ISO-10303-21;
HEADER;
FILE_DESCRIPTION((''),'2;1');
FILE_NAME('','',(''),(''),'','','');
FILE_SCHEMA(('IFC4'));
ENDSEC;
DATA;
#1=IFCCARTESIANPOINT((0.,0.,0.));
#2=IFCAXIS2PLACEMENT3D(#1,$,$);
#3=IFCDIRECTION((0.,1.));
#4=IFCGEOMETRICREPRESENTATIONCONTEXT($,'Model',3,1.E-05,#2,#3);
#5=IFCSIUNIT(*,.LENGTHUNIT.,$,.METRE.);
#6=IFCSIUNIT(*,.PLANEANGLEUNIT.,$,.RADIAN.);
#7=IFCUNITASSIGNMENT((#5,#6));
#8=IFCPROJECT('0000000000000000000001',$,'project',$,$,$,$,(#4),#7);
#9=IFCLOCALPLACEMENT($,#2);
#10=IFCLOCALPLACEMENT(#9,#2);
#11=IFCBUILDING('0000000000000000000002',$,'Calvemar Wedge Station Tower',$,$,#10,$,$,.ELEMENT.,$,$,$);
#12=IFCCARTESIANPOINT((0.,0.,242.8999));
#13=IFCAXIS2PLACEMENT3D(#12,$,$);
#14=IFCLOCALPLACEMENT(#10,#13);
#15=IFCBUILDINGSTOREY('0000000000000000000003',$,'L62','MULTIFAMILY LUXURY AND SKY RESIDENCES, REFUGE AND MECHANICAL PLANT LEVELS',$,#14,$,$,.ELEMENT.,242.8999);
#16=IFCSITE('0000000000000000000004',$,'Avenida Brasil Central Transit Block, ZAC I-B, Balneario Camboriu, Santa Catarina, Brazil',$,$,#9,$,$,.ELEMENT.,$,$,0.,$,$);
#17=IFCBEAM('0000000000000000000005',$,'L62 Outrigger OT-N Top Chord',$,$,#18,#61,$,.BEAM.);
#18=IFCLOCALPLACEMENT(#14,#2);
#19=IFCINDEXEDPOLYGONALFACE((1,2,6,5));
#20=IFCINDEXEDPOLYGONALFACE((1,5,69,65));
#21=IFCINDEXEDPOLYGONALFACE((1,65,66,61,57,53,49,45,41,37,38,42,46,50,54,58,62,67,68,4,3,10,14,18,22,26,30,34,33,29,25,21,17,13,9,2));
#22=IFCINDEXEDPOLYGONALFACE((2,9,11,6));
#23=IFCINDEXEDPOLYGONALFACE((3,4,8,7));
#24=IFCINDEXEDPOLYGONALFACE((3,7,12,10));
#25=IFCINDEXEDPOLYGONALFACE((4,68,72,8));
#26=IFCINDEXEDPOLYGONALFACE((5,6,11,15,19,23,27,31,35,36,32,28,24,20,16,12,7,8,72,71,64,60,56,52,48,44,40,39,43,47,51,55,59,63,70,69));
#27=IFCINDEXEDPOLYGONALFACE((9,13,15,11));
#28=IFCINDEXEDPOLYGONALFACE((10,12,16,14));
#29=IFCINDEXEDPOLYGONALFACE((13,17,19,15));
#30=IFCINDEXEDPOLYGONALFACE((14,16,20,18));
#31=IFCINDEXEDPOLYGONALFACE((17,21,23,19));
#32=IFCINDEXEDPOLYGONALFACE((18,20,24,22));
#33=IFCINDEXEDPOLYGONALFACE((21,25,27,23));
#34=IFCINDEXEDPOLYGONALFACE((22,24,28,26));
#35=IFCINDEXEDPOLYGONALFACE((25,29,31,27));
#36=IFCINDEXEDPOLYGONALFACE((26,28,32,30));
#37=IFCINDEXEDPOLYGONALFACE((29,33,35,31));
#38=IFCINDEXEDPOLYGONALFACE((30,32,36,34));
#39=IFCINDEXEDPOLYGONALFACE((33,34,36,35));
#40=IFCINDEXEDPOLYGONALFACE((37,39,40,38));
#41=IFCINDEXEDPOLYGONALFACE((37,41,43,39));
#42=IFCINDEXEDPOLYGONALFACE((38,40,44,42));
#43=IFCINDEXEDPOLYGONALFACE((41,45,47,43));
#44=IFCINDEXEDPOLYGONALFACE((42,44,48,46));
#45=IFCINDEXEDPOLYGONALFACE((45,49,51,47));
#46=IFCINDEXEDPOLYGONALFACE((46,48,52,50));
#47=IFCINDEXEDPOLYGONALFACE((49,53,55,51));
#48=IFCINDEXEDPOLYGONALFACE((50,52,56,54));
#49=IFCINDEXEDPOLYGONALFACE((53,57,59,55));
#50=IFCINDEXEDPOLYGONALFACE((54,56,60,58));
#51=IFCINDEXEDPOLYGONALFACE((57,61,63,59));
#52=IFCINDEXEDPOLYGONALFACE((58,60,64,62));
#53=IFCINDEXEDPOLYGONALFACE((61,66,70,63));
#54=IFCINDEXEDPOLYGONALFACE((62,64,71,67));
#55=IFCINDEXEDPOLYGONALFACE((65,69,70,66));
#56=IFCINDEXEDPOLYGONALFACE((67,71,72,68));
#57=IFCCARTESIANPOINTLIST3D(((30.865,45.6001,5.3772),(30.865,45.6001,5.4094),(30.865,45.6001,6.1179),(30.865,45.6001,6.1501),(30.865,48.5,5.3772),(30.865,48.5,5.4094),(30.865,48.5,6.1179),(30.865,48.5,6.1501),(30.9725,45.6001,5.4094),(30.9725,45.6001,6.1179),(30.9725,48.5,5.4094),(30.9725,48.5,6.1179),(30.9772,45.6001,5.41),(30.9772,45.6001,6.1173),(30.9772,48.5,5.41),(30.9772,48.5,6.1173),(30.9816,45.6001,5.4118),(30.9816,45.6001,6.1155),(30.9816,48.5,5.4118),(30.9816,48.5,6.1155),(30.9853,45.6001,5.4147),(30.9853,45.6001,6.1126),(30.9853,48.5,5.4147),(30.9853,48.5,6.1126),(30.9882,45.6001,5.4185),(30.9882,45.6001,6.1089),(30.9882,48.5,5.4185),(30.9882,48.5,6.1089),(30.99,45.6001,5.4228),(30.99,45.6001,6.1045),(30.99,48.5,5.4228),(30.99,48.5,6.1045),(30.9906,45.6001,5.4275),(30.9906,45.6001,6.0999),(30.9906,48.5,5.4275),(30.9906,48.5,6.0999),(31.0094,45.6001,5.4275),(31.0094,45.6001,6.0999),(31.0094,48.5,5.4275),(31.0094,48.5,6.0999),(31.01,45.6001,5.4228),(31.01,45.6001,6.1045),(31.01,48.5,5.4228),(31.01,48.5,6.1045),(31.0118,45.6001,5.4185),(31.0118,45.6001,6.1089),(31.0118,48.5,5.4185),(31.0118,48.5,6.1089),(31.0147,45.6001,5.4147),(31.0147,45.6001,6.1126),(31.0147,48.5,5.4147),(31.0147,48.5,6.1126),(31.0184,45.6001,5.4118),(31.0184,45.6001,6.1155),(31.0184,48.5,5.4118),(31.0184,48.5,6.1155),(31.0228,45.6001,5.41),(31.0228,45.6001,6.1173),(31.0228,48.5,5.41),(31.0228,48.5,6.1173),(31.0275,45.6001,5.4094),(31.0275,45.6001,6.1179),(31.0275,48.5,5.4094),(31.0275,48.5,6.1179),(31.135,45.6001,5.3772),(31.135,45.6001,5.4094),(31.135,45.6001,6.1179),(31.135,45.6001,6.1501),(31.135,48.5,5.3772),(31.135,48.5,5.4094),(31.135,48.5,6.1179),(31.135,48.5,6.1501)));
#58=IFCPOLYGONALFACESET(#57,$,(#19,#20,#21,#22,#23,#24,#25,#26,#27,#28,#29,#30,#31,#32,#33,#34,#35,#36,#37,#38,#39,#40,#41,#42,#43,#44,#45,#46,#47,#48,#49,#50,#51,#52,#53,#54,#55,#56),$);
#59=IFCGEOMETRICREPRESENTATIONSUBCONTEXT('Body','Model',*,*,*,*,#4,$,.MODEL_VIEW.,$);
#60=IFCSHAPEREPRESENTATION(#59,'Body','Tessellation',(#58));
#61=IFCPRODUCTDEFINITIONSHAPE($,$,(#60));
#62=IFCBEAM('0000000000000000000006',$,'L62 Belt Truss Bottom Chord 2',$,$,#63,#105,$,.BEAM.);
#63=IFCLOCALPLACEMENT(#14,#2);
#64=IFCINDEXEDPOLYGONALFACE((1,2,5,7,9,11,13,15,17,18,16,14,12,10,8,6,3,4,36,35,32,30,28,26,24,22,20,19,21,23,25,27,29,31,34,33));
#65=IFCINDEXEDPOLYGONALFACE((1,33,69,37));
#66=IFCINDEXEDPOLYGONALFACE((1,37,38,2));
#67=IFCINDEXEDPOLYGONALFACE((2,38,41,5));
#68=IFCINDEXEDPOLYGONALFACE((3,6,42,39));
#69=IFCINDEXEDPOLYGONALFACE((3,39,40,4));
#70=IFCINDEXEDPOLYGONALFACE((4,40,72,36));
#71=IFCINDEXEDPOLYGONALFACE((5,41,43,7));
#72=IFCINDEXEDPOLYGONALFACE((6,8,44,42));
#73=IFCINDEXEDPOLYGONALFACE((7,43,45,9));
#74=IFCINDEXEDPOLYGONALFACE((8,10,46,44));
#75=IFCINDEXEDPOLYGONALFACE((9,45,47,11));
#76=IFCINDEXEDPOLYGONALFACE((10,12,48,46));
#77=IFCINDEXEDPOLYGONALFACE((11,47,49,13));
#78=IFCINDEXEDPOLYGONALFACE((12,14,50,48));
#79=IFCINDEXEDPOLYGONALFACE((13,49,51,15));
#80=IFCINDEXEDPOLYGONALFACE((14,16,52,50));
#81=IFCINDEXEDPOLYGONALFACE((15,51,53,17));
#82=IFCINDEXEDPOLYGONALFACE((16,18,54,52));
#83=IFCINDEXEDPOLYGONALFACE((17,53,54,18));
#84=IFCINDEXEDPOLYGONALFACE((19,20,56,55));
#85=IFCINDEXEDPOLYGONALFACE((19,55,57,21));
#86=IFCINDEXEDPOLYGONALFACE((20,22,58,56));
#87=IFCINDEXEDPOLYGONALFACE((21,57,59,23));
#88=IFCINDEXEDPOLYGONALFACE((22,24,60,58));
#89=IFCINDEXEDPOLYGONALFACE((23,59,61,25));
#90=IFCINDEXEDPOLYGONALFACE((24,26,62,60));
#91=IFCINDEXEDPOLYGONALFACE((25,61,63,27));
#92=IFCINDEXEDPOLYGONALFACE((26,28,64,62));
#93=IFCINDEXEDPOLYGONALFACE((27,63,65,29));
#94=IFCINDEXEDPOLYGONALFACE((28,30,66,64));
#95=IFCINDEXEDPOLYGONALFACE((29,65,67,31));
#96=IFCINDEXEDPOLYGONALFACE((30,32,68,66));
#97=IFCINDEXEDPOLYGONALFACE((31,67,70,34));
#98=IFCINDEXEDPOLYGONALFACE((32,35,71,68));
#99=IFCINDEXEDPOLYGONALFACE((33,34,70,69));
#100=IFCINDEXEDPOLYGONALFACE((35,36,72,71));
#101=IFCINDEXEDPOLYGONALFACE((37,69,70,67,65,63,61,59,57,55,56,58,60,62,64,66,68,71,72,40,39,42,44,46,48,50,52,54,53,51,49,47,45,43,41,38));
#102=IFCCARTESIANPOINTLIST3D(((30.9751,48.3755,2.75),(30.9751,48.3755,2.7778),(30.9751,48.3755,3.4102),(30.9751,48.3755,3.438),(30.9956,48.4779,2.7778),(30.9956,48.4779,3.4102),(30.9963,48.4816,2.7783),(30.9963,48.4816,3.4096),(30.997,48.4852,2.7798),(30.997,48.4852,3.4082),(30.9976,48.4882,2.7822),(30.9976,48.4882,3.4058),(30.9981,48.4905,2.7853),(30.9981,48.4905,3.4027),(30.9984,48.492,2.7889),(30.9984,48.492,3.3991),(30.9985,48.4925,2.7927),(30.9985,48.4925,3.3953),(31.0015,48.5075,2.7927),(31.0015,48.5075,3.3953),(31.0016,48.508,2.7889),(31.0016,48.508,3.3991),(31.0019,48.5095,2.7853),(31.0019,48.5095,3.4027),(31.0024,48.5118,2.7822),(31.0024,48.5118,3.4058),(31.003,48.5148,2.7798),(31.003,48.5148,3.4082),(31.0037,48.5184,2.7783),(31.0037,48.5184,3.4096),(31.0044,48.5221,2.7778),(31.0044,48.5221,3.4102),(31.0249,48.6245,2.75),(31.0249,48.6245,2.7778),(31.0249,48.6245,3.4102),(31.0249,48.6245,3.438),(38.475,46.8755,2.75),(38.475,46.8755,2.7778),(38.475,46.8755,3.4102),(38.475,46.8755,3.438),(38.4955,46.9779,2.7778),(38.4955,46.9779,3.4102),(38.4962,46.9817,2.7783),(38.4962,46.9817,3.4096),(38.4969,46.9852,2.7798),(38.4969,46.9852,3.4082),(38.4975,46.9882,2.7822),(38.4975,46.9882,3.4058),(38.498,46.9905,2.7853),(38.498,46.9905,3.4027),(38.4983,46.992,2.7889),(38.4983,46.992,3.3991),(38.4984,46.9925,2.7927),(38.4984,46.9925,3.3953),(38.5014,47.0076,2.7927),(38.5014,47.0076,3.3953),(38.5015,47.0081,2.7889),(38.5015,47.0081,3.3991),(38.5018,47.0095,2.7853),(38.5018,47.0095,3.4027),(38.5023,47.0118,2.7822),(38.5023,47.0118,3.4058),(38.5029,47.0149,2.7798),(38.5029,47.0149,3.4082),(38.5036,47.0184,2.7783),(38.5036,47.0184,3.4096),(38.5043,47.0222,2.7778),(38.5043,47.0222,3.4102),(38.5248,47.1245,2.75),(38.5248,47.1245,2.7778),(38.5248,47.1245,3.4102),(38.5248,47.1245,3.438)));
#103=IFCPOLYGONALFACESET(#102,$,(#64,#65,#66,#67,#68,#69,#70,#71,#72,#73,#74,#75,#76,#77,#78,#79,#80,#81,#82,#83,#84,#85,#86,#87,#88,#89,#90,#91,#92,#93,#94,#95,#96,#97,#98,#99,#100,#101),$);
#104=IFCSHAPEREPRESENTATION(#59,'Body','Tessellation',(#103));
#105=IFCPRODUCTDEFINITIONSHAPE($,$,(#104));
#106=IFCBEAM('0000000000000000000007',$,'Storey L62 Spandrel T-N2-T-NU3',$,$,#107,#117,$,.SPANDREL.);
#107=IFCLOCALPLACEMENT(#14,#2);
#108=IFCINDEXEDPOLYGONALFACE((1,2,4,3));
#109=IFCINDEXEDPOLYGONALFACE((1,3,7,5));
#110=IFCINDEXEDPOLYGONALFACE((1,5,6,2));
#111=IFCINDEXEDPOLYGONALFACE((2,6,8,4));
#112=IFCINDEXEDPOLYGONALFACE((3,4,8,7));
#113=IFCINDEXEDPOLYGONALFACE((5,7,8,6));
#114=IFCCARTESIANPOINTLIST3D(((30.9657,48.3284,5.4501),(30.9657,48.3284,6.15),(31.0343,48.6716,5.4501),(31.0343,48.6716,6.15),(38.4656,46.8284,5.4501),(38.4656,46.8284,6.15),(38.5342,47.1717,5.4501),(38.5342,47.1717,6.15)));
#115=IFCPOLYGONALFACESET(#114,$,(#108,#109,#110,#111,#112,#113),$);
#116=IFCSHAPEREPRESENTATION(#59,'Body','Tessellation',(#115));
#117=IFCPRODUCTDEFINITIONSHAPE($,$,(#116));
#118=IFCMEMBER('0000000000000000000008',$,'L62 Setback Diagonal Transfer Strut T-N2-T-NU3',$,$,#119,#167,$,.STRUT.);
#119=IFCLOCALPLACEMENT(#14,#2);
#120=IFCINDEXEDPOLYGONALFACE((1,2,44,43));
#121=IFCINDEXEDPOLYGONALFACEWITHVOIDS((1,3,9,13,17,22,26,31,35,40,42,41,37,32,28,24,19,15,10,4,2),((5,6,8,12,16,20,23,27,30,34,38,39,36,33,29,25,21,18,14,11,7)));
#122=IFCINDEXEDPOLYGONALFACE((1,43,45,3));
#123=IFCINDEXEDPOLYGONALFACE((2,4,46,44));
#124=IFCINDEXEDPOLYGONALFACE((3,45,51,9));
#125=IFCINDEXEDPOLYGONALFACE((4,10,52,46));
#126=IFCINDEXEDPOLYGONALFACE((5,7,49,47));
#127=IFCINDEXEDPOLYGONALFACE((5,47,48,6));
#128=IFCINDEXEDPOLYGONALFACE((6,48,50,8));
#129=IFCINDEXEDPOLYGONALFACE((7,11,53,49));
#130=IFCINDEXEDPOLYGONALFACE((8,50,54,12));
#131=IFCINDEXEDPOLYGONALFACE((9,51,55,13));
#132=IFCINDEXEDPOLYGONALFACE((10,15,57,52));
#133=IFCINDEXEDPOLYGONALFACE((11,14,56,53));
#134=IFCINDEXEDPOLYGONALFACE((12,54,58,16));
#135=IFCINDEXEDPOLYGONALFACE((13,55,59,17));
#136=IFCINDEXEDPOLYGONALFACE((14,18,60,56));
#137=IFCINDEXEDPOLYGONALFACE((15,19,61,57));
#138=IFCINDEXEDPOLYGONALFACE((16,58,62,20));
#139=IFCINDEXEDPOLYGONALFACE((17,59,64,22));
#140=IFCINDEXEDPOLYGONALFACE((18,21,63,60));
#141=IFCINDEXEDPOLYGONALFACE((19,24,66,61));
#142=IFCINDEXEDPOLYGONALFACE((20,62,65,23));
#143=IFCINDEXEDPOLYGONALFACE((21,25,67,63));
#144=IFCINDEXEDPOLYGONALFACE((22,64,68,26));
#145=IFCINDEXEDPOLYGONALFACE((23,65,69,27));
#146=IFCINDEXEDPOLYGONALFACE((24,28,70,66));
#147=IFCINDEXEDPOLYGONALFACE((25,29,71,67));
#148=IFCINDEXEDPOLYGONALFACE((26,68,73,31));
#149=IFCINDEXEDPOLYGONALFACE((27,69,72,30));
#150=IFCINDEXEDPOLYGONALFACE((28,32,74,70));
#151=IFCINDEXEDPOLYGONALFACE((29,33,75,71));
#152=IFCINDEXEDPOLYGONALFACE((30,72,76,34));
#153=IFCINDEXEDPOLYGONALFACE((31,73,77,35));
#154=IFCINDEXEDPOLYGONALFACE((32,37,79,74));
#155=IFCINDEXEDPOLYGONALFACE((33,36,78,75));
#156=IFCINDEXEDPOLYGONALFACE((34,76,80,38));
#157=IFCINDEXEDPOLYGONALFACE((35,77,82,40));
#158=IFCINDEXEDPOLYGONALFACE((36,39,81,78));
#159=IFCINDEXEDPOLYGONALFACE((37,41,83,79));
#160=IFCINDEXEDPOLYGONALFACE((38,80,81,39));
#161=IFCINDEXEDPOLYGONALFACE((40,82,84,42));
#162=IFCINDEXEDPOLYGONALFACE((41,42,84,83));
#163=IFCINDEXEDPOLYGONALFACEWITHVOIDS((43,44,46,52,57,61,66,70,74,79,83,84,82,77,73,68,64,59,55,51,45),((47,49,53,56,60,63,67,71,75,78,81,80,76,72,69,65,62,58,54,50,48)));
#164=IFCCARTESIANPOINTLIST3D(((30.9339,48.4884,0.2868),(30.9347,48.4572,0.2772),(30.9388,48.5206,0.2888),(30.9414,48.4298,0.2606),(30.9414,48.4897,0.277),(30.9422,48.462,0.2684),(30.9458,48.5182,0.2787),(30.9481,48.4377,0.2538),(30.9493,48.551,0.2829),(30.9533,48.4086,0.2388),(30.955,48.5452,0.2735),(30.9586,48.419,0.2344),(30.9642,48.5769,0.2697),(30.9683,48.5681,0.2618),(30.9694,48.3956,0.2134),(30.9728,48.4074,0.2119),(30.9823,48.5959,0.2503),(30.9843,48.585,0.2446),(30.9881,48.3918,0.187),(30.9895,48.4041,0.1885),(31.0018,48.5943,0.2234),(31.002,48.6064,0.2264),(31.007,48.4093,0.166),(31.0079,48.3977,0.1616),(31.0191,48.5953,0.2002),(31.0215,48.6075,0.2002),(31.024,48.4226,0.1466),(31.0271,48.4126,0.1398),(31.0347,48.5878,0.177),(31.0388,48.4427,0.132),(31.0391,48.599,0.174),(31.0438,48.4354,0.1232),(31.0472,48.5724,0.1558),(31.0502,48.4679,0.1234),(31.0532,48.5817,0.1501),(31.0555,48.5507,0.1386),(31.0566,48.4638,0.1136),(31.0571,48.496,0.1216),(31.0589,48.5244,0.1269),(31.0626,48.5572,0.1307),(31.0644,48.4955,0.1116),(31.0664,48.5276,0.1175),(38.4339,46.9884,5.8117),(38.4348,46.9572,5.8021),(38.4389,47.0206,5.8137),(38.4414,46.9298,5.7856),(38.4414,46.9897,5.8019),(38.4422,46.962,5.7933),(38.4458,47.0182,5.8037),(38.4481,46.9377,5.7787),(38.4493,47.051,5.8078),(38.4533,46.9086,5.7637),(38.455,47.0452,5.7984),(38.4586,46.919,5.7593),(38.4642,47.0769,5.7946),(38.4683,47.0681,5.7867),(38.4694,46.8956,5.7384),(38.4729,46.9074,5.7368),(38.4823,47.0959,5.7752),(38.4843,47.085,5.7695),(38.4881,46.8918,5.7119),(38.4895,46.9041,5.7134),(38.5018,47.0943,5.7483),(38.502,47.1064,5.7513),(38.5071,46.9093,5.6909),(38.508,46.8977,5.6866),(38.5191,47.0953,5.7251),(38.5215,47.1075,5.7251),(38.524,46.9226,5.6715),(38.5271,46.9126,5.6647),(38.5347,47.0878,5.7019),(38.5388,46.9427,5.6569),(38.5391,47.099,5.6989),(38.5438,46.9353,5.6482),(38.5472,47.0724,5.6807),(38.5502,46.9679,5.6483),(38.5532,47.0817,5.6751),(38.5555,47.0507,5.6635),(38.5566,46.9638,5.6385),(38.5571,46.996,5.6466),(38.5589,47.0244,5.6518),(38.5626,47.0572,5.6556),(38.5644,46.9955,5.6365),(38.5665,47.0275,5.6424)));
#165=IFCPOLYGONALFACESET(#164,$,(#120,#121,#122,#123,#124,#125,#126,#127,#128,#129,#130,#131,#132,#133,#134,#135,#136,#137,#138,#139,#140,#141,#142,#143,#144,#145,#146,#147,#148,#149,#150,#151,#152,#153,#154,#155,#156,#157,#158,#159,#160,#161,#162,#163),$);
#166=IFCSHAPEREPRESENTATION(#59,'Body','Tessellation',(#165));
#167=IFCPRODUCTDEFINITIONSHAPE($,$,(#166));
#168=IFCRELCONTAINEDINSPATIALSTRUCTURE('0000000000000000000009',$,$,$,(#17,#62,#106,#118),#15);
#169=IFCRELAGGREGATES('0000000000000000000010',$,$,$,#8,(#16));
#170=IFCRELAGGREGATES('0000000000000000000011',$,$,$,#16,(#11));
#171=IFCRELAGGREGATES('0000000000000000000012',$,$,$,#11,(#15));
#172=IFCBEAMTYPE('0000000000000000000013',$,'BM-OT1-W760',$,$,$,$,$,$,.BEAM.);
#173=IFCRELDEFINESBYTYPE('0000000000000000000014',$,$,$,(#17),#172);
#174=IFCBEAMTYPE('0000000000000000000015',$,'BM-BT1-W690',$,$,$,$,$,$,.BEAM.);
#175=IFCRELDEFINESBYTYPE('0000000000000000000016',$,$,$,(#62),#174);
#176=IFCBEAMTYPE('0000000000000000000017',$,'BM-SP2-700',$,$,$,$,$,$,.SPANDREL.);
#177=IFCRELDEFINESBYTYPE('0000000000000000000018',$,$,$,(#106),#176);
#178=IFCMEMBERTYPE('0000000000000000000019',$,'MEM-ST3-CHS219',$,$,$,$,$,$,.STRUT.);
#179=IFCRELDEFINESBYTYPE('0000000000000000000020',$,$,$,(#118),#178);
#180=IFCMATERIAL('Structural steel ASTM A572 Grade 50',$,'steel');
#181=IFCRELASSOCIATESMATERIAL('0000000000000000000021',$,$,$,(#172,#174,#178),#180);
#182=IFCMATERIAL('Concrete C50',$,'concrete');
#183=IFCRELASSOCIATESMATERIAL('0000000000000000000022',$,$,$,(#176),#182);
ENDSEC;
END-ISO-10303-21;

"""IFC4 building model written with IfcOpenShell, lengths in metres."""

from ifc_helpers import new_model, si_unit, direction, frame, origin, origin_2d, place, context, subcontext, project, spatial, rectangle, hollow_circle, i_section, extrude, source, transform, mapped, material, material_profile, profile_set, type_object, element, save


model = new_model("IFC4")

# Units and contexts
model_context = context("Model", 3, precision=1e-05, world=origin(), true_north=direction((0.0, 1.0)))
body_context = subcontext(model_context, "Body", "Model", "MODEL_VIEW")
ifc_project = project(units=[si_unit("LENGTHUNIT", "METRE"), si_unit("PLANEANGLEUNIT", "RADIAN")], contexts=[model_context])

# Site, building, storey
site_placement = place(None, origin())
site = spatial("IfcSite", under=ifc_project, at=site_placement, Name="Avenida Brasil Central Transit Block, ZAC I-B, Balneario Camboriu, Santa Catarina, Brazil", CompositionType="ELEMENT", RefElevation=0.0)
building_placement = place(site_placement, origin())
building = spatial("IfcBuilding", under=site, at=building_placement, Name="Calvemar Wedge Station Tower", CompositionType="ELEMENT")
storey_placement = place(building_placement, frame((0.0, 0.0, 242.8999)))
storey = spatial("IfcBuildingStorey", under=building, at=storey_placement, Name="L62", Description="MULTIFAMILY LUXURY AND SKY RESIDENCES, REFUGE AND MECHANICAL PLANT LEVELS", CompositionType="ELEMENT", Elevation=242.8999)

# Shared definitions
ifc_material_1 = material(Name="Concrete C50", Category="concrete")

# Beams
ifc_material_2 = material(Name="Structural steel ASTM A572 Grade 50", Category="steel")
ifc_material_profile_1 = material_profile(ifc_material_2, i_section(OverallWidth=0.27, OverallDepth=0.7729, WebThickness=0.0188, FlangeThickness=0.0322, FilletRadius=0.0181, at=origin_2d()), Name="W760x257")
ifc_profile_set_1 = profile_set([ifc_material_profile_1], Name="Structural steel ASTM A572 Grade 50")
beam_type_1 = type_object("IfcBeamType", Name="BM-OT1-W760", PredefinedType="BEAM", material=ifc_profile_set_1)
shared_shape_1 = source(origin(), body_context, "Body", "SweptSolid", [
    extrude(i_section(OverallWidth=0.27, OverallDepth=0.7729, WebThickness=0.0188, FlangeThickness=0.0322, FilletRadius=0.0181, at=origin_2d()), origin(), (0.0, 0.0, 1.0), 2.8999),
])
for number, where, z_axis, x_axis, name in (
    (1, (31.0, 45.6001, 5.7637), (0.0, 1.0, 0.0), (-1.0, 0.0, 0.0), "L62 Outrigger OT-N Top Chord"),
):
    element("IfcBeam", number, at=place(storey_placement, frame(where, z_axis=z_axis, x_axis=x_axis)), inside=storey, type_object=beam_type_1, Name=name, PredefinedType="BEAM", context=body_context, shape_type="MappedRepresentation", body=[
        mapped(shared_shape_1, transform((0.0, 0.0, 0.0), scale=1.0)),
    ])
ifc_material_profile_2 = material_profile(ifc_material_2, i_section(OverallWidth=0.2539, OverallDepth=0.688, WebThickness=0.0154, FlangeThickness=0.0278, FilletRadius=0.0149, at=origin_2d()), Name="W690x192")
ifc_profile_set_2 = profile_set([ifc_material_profile_2], Name="Structural steel ASTM A572 Grade 50")
beam_type_2 = type_object("IfcBeamType", Name="BM-BT1-W690", PredefinedType="BEAM", material=ifc_profile_set_2)
shared_shape_2 = source(origin(), body_context, "Body", "SweptSolid", [
    extrude(i_section(OverallWidth=0.2539, OverallDepth=0.688, WebThickness=0.0154, FlangeThickness=0.0278, FilletRadius=0.0149, at=origin_2d()), origin(), (0.0, 0.0, 1.0), 7.6484),
])
beam_1_placement = place(storey_placement, frame((31.0, 48.5, 3.094), z_axis=(0.980581, -0.196116, 0.0), x_axis=(0.196116, 0.980581, 0.0)))
element("IfcBeam", 2, at=beam_1_placement, inside=storey, type_object=beam_type_2, Name="L62 Belt Truss Bottom Chord 2", PredefinedType="BEAM", context=body_context, shape_type="MappedRepresentation", body=[
    mapped(shared_shape_2, transform((0.0, 0.0, 0.0), scale=1.0)),
])
ifc_material_profile_3 = material_profile(ifc_material_1, rectangle(XDim=0.3501, YDim=0.7, at=origin_2d()), Name="RC350x700")
ifc_profile_set_3 = profile_set([ifc_material_profile_3], Name="Concrete C50")
beam_type_3 = type_object("IfcBeamType", Name="BM-SP2-700", PredefinedType="SPANDREL", material=ifc_profile_set_3)
shared_shape_3 = source(origin(), body_context, "Body", "SweptSolid", [
    extrude(rectangle(XDim=0.3501, YDim=0.7, at=origin_2d()), origin(), (0.0, 0.0, 1.0), 7.6484),
])
beam_2_placement = place(storey_placement, frame((31.0, 48.5, 5.8), z_axis=(0.980581, -0.196116, 0.0), x_axis=(0.196116, 0.980581, 0.0)))
element("IfcBeam", 3, at=beam_2_placement, inside=storey, type_object=beam_type_3, Name="Storey L62 Spandrel T-N2-T-NU3", PredefinedType="SPANDREL", context=body_context, shape_type="MappedRepresentation", body=[
    mapped(shared_shape_3, transform((0.0, 0.0, 0.0), scale=1.0)),
])

# Member
ifc_material_profile_4 = material_profile(ifc_material_2, hollow_circle(Radius=0.1096, WallThickness=0.0125, at=origin_2d()), Name="CHS219.1x12.5")
ifc_profile_set_4 = profile_set([ifc_material_profile_4], Name="Structural steel ASTM A572 Grade 50")
member_type_1 = type_object("IfcMemberType", Name="MEM-ST3-CHS219", PredefinedType="STRUT", material=ifc_profile_set_4)
shared_shape_4 = source(origin(), body_context, "Body", "SweptSolid", [
    extrude(hollow_circle(Radius=0.1096, WallThickness=0.0125, at=origin_2d()), origin(), (0.0, 0.0, 1.0), 9.4353),
])
member_1_placement = place(storey_placement, frame((31.0, 48.5, 0.2002), z_axis=(0.794889, -0.158978, 0.585558), x_axis=(0.196116, 0.980581, 0.0)))
element("IfcMember", 4, at=member_1_placement, inside=storey, type_object=member_type_1, Name="L62 Setback Diagonal Transfer Strut T-N2-T-NU3", PredefinedType="STRUT", context=body_context, shape_type="MappedRepresentation", body=[
    mapped(shared_shape_4, transform((0.0, 0.0, 0.0), scale=1.0)),
])

save(model, "model.ifc")
